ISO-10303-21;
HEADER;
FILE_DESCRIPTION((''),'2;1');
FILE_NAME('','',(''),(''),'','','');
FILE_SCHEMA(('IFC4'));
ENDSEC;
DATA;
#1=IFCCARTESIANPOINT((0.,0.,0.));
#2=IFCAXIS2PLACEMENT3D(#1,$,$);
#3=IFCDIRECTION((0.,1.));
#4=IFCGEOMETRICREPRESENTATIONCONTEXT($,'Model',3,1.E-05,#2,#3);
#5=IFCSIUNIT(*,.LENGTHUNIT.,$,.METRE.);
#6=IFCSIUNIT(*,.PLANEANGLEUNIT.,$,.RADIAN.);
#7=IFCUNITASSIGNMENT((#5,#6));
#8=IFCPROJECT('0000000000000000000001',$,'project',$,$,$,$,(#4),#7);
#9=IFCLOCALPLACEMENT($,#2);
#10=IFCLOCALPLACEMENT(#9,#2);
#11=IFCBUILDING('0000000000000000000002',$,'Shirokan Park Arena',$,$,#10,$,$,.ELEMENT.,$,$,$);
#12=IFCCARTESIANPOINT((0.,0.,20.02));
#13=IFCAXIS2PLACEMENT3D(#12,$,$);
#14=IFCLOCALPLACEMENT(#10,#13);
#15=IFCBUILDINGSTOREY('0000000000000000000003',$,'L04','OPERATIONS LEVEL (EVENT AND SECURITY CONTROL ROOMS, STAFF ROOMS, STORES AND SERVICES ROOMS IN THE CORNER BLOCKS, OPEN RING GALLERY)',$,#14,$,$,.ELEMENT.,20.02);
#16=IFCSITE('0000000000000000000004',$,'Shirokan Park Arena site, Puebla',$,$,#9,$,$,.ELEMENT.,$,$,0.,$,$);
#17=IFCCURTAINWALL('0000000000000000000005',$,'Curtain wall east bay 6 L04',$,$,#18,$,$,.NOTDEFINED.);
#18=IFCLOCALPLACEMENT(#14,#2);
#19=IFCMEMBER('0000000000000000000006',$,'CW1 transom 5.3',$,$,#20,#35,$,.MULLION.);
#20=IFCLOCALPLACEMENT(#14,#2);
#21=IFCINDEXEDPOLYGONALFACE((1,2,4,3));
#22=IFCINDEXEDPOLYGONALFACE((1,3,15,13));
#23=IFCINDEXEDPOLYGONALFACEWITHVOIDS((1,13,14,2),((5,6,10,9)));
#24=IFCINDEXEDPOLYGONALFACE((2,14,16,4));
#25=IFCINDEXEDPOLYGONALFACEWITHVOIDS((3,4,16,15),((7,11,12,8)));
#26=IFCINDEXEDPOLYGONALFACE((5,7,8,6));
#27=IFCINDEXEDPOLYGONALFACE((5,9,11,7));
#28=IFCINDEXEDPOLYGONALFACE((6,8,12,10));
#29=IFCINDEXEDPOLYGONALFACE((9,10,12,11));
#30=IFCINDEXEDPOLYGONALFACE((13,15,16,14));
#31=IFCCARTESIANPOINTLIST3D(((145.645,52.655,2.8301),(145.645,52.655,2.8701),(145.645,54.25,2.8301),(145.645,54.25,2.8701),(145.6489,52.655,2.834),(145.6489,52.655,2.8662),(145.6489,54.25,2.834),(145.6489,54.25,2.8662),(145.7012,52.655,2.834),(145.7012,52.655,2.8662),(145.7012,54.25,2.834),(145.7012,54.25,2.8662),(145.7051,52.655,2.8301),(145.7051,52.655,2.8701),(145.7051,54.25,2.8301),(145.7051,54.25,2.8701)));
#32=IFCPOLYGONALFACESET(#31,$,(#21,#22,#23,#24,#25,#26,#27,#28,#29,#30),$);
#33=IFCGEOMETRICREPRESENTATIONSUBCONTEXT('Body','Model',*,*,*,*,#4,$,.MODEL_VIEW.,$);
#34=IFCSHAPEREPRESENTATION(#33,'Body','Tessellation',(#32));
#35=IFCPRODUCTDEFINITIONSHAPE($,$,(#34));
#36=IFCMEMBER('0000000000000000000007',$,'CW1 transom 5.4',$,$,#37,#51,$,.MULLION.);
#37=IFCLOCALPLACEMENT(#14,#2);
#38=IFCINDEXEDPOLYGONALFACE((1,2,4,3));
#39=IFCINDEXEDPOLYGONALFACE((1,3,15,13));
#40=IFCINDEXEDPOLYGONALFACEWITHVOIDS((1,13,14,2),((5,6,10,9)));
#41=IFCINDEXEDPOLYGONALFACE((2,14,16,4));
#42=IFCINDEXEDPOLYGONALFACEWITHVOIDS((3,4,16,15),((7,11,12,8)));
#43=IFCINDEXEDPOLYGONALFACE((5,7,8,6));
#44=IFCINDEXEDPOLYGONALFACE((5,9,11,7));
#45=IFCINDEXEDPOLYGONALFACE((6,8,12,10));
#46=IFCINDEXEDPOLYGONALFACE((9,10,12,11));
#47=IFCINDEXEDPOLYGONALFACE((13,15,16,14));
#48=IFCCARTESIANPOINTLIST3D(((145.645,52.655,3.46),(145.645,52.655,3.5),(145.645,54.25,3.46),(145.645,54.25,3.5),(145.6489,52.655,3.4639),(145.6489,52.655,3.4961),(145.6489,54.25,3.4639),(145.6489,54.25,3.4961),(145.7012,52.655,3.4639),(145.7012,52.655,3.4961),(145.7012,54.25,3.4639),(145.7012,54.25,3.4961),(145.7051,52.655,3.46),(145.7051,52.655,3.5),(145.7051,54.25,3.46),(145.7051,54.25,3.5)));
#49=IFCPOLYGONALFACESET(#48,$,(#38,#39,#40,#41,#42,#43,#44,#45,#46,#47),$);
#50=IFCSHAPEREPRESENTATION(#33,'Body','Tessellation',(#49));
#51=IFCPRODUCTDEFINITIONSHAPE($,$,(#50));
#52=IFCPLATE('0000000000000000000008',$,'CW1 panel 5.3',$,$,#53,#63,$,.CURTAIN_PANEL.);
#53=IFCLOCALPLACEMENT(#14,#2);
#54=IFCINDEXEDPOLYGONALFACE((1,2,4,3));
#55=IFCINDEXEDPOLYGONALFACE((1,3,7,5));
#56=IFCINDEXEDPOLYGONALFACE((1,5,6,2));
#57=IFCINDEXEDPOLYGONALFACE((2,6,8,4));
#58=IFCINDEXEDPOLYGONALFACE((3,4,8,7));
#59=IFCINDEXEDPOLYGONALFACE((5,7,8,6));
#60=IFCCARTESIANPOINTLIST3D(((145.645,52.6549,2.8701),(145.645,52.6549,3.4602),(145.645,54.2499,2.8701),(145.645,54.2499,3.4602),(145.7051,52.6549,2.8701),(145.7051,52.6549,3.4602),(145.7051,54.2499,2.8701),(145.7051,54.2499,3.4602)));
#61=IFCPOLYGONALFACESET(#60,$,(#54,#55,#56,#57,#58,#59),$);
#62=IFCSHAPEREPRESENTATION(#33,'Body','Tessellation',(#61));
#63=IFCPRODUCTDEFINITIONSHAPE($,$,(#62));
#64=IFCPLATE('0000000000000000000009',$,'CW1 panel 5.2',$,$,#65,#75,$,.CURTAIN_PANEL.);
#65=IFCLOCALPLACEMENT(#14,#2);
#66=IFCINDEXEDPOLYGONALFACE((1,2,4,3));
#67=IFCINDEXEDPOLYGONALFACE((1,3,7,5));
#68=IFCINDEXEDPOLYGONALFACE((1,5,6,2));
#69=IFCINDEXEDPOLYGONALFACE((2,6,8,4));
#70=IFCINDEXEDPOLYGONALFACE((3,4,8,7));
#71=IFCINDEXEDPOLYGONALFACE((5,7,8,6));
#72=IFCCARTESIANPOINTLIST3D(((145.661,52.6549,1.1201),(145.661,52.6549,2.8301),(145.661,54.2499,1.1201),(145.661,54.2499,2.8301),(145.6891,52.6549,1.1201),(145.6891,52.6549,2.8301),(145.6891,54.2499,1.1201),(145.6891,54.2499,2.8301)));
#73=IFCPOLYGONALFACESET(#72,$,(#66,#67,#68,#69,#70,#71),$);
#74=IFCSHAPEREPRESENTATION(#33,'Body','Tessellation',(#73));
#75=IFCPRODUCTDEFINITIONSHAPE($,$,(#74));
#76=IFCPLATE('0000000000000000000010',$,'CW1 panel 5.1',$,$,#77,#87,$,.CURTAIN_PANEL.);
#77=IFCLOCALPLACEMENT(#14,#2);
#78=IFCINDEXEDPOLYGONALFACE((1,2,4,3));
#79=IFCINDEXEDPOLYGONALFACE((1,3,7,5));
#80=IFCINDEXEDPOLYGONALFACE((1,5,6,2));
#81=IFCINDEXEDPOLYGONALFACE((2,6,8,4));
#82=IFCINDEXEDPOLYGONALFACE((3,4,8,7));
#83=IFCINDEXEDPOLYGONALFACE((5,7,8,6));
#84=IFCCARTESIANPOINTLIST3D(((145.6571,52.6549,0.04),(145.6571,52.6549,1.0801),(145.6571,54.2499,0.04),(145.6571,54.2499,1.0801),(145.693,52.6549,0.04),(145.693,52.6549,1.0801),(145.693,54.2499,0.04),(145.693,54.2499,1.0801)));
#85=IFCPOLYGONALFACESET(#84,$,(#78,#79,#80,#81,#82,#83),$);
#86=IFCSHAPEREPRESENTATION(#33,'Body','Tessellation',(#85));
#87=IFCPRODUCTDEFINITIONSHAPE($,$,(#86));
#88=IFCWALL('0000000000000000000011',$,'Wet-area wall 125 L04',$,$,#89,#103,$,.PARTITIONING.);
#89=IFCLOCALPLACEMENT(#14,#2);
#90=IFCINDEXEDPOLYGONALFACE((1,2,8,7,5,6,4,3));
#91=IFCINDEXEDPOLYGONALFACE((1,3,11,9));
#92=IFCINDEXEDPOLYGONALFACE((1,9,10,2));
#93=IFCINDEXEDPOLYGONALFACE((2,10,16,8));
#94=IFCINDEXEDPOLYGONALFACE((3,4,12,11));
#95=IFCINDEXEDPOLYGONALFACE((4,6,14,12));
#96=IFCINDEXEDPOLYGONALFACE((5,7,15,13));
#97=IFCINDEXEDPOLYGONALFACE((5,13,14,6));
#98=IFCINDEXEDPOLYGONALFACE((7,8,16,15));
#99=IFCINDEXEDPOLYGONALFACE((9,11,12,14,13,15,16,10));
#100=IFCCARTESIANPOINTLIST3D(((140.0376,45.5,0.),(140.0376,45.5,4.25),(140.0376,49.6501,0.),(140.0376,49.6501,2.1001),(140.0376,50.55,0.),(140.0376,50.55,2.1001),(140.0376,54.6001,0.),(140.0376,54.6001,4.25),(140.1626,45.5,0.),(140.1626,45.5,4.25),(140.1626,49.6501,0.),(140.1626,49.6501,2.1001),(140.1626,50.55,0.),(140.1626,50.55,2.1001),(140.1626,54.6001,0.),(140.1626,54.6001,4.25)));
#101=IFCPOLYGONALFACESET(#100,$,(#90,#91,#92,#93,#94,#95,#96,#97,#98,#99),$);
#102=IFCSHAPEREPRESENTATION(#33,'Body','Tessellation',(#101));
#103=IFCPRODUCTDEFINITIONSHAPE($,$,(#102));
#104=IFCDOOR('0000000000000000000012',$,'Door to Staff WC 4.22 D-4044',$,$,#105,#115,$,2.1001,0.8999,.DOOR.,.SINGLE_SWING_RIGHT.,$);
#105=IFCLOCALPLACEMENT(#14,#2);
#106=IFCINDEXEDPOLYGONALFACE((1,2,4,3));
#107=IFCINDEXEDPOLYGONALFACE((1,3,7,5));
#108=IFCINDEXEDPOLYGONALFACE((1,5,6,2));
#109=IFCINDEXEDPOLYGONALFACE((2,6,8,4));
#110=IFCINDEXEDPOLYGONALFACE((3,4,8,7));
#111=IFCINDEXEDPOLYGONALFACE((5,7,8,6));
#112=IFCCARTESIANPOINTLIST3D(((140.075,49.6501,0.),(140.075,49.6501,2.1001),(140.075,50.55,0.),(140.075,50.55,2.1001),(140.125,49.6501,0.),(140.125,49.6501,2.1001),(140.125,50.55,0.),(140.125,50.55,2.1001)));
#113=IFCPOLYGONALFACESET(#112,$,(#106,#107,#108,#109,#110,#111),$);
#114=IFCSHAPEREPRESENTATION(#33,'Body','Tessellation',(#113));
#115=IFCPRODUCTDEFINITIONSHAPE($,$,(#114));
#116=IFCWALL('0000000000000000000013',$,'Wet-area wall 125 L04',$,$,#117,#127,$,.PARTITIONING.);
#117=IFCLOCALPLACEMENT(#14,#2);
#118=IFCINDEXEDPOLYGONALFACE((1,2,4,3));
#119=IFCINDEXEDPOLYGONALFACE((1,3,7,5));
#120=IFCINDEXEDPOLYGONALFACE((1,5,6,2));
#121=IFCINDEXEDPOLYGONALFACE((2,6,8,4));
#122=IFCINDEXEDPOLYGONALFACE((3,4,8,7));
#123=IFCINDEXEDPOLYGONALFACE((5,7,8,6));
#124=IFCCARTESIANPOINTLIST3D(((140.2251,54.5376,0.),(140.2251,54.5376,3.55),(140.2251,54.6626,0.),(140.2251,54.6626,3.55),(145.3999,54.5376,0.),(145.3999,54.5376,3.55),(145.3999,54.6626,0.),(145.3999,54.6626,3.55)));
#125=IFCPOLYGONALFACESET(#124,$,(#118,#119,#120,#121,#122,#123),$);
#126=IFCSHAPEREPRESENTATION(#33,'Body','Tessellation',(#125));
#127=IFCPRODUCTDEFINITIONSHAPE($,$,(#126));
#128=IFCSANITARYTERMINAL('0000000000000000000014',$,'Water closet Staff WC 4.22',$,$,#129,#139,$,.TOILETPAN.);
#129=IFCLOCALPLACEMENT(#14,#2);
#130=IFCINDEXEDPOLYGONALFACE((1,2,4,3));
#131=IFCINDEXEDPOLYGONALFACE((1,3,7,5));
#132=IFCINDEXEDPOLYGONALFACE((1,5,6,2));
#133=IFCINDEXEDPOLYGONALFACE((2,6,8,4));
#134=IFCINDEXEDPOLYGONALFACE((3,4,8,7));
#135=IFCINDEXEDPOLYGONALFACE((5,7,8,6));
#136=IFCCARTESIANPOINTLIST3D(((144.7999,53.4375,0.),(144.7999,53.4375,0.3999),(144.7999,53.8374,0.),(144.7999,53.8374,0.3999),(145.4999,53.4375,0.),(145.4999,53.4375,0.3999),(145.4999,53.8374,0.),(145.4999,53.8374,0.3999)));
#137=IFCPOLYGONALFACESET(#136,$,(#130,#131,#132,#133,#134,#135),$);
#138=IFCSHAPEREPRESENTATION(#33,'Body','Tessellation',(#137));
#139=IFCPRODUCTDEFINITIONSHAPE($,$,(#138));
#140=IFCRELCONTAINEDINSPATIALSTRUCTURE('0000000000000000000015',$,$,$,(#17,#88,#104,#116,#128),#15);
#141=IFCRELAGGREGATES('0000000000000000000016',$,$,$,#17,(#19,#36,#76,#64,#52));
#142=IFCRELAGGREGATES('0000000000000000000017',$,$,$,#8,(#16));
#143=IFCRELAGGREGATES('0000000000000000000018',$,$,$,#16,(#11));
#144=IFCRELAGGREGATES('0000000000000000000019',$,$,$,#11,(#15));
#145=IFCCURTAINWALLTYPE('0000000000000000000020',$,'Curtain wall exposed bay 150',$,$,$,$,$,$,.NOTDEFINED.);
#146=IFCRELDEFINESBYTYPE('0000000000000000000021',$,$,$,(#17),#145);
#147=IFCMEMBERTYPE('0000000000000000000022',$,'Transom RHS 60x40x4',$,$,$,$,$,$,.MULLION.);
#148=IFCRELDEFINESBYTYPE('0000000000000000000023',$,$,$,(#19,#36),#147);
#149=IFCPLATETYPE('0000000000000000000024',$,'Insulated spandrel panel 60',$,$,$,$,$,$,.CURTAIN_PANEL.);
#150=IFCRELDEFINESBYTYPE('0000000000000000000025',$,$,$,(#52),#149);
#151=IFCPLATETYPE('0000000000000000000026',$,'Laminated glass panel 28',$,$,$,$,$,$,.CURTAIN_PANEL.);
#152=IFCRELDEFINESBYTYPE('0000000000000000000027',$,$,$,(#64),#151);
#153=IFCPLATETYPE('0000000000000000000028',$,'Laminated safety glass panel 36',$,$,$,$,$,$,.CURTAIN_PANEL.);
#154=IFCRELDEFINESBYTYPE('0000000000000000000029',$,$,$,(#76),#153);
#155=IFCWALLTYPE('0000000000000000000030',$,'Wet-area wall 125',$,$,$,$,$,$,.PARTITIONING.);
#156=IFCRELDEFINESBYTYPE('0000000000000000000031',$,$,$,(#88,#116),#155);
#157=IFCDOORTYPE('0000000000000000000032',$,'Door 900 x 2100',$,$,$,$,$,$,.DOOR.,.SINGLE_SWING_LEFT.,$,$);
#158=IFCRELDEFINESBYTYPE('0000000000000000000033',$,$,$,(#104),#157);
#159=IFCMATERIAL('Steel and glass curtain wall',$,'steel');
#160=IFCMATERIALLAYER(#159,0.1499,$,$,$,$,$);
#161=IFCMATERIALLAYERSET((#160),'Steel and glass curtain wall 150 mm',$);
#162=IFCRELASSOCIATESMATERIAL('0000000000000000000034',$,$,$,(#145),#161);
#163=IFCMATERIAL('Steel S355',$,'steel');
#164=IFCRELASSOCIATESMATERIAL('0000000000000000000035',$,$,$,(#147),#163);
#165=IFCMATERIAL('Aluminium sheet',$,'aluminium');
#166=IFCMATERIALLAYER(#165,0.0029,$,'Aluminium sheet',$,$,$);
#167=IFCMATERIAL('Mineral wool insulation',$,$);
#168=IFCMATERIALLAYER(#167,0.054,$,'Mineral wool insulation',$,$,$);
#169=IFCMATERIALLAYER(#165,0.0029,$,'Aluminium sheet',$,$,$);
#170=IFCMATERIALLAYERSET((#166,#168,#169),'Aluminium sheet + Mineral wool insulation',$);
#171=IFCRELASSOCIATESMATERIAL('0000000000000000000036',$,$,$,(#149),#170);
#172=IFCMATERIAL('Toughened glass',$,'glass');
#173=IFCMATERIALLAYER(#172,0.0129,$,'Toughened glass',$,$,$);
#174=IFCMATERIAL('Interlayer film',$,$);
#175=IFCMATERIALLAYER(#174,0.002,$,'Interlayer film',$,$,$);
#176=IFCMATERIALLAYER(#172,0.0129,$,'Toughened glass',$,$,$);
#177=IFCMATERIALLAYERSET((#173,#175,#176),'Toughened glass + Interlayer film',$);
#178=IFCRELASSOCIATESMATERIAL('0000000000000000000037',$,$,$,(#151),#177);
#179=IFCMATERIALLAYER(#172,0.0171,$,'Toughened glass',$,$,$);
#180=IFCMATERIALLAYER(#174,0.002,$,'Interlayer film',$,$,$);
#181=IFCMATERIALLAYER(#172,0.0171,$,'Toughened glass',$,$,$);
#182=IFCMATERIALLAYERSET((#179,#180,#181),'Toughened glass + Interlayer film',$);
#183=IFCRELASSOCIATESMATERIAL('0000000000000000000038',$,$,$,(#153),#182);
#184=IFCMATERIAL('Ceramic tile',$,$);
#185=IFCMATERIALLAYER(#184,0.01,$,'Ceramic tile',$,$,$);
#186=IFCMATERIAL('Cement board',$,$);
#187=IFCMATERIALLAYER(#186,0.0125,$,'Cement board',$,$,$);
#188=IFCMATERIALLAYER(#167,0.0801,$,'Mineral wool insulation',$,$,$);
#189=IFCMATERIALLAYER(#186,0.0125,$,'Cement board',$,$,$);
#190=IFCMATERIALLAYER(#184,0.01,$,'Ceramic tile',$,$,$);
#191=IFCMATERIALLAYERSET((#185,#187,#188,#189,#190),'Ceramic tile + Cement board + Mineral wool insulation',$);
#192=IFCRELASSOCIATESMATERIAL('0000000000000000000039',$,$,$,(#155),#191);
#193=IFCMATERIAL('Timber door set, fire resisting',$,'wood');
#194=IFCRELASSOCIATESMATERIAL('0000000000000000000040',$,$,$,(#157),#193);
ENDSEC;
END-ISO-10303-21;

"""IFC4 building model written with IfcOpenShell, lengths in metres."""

from ifc_helpers import new_model, si_unit, direction, frame, frame_2d, origin, origin_2d, place, context, subcontext, project, spatial, rectangle, hollow_rectangle, extrude, material, layer, layer_set, material_profile, profile_set, type_object, element, fill, aggregate, save


model = new_model("IFC4")

# Units and contexts
model_context = context("Model", 3, precision=1e-05, world=origin(), true_north=direction((0.0, 1.0)))
body_context = subcontext(model_context, "Body", "Model", "MODEL_VIEW")
ifc_project = project(units=[si_unit("LENGTHUNIT", "METRE"), si_unit("PLANEANGLEUNIT", "RADIAN")], contexts=[model_context])

# Site, building, storey
site_placement = place(None, origin())
site = spatial("IfcSite", under=ifc_project, at=site_placement, Name="Shirokan Park Arena site, Puebla", CompositionType="ELEMENT", RefElevation=0.0)
building_placement = place(site_placement, origin())
building = spatial("IfcBuilding", under=site, at=building_placement, Name="Shirokan Park Arena", CompositionType="ELEMENT")
storey_placement = place(building_placement, frame((0.0, 0.0, 20.02)))
storey = spatial("IfcBuildingStorey", under=building, at=storey_placement, Name="L04", Description="OPERATIONS LEVEL (EVENT AND SECURITY CONTROL ROOMS, STAFF ROOMS, STORES AND SERVICES ROOMS IN THE CORNER BLOCKS, OPEN RING GALLERY)", CompositionType="ELEMENT", Elevation=20.02)

# Curtain wall
ifc_material_1 = material(Name="Steel and glass curtain wall", Category="steel")
ifc_layer_1 = layer(ifc_material_1, 0.1499)
ifc_layer_set_1 = layer_set([ifc_layer_1], Name="Steel and glass curtain wall 150 mm")
curtain_wall_type = type_object("IfcCurtainWallType", Name="Curtain wall exposed bay 150", PredefinedType="NOTDEFINED", material=ifc_layer_set_1)
curtain_wall_1_placement = place(storey_placement, origin())
curtain_wall_1 = element("IfcCurtainWall", 1, at=curtain_wall_1_placement, inside=storey, type_object=curtain_wall_type, Name="Curtain wall east bay 6 L04", PredefinedType="NOTDEFINED")
ifc_material_2 = material(Name="Steel S355", Category="steel")

# Members
ifc_material_profile_1 = material_profile(ifc_material_2, hollow_rectangle(XDim=0.0601, YDim=0.04, WallThickness=0.0039, at=origin_2d()), Name="RHS 60x40x4")
ifc_profile_set_1 = profile_set([ifc_material_profile_1], Name="Steel S355")
member_type_1 = type_object("IfcMemberType", Name="Transom RHS 60x40x4", PredefinedType="MULLION", material=ifc_profile_set_1)
member_1_placement = place(storey_placement, frame((145.675, 52.655, 2.8501), z_axis=(0.0, 1.0, 0.0), x_axis=(-1.0, 0.0, 0.0)))
member_1 = element("IfcMember", 2, at=member_1_placement, type_object=member_type_1, Name="CW1 transom 5.3", PredefinedType="MULLION", context=body_context, shape_type="SweptSolid", body=[
    extrude(hollow_rectangle(XDim=0.0601, YDim=0.04, WallThickness=0.0039, at=origin_2d()), origin(), (0.0, 0.0, 1.0), 1.595),
])
member_2_placement = place(storey_placement, frame((145.675, 52.655, 3.48), z_axis=(0.0, 1.0, 0.0), x_axis=(-1.0, 0.0, 0.0)))
member_2 = element("IfcMember", 3, at=member_2_placement, type_object=member_type_1, Name="CW1 transom 5.4", PredefinedType="MULLION", context=body_context, shape_type="SweptSolid", body=[
    extrude(hollow_rectangle(XDim=0.0601, YDim=0.04, WallThickness=0.0039, at=origin_2d()), origin(), (0.0, 0.0, 1.0), 1.595),
])

# Plates
ifc_material_3 = material(Name="Aluminium sheet", Category="aluminium")
ifc_layer_2 = layer(ifc_material_3, 0.0029, Name="Aluminium sheet")
ifc_material_4 = material(Name="Mineral wool insulation")
ifc_layer_3 = layer(ifc_material_4, 0.054, Name="Mineral wool insulation")
ifc_layer_4 = layer(ifc_material_3, 0.0029, Name="Aluminium sheet")
ifc_layer_set_2 = layer_set([ifc_layer_2, ifc_layer_3, ifc_layer_4], Name="Aluminium sheet + Mineral wool insulation")
plate_type_1 = type_object("IfcPlateType", Name="Insulated spandrel panel 60", PredefinedType="CURTAIN_PANEL", material=ifc_layer_set_2)
plate_1_placement = place(storey_placement, frame((145.675, 53.4524, 2.8701), z_axis=(0.0, 0.0, 1.0), x_axis=(0.0, 1.0, 0.0)))
plate_1 = element("IfcPlate", 4, at=plate_1_placement, type_object=plate_type_1, Name="CW1 panel 5.3", PredefinedType="CURTAIN_PANEL", context=body_context, shape_type="SweptSolid", body=[
    extrude(rectangle(XDim=1.595, YDim=0.0601, at=origin_2d()), origin(), (0.0, 0.0, 1.0), 0.5901),
])
ifc_material_5 = material(Name="Toughened glass", Category="glass")
ifc_layer_5 = layer(ifc_material_5, 0.0129, Name="Toughened glass")
ifc_material_6 = material(Name="Interlayer film")
ifc_layer_6 = layer(ifc_material_6, 0.002, Name="Interlayer film")
ifc_layer_7 = layer(ifc_material_5, 0.0129, Name="Toughened glass")
ifc_layer_set_3 = layer_set([ifc_layer_5, ifc_layer_6, ifc_layer_7], Name="Toughened glass + Interlayer film")
plate_type_2 = type_object("IfcPlateType", Name="Laminated glass panel 28", PredefinedType="CURTAIN_PANEL", material=ifc_layer_set_3)
plate_2_placement = place(storey_placement, frame((145.675, 53.4524, 1.1201), z_axis=(0.0, 0.0, 1.0), x_axis=(0.0, 1.0, 0.0)))
plate_2 = element("IfcPlate", 5, at=plate_2_placement, type_object=plate_type_2, Name="CW1 panel 5.2", PredefinedType="CURTAIN_PANEL", context=body_context, shape_type="SweptSolid", body=[
    extrude(rectangle(XDim=1.595, YDim=0.0281, at=origin_2d()), origin(), (0.0, 0.0, 1.0), 1.71),
])
ifc_layer_8 = layer(ifc_material_5, 0.0171, Name="Toughened glass")
ifc_layer_9 = layer(ifc_material_6, 0.002, Name="Interlayer film")
ifc_layer_10 = layer(ifc_material_5, 0.0171, Name="Toughened glass")
ifc_layer_set_4 = layer_set([ifc_layer_8, ifc_layer_9, ifc_layer_10], Name="Toughened glass + Interlayer film")
plate_type_3 = type_object("IfcPlateType", Name="Laminated safety glass panel 36", PredefinedType="CURTAIN_PANEL", material=ifc_layer_set_4)
plate_3_placement = place(storey_placement, frame((145.675, 53.4524, 0.04), z_axis=(0.0, 0.0, 1.0), x_axis=(0.0, 1.0, 0.0)))
plate_3 = element("IfcPlate", 6, at=plate_3_placement, type_object=plate_type_3, Name="CW1 panel 5.1", PredefinedType="CURTAIN_PANEL", context=body_context, shape_type="SweptSolid", body=[
    extrude(rectangle(XDim=1.595, YDim=0.0359, at=origin_2d()), origin(), (0.0, 0.0, 1.0), 1.04),
])
aggregate(curtain_wall_1, [member_1, member_2, plate_3, plate_2, plate_1])

# Wall, opening, door
ifc_material_7 = material(Name="Ceramic tile")
ifc_layer_11 = layer(ifc_material_7, 0.01, Name="Ceramic tile")
ifc_material_8 = material(Name="Cement board")
ifc_layer_12 = layer(ifc_material_8, 0.0125, Name="Cement board")
ifc_layer_13 = layer(ifc_material_4, 0.0801, Name="Mineral wool insulation")
ifc_layer_14 = layer(ifc_material_8, 0.0125, Name="Cement board")
ifc_layer_15 = layer(ifc_material_7, 0.01, Name="Ceramic tile")
ifc_layer_set_5 = layer_set([ifc_layer_11, ifc_layer_12, ifc_layer_13, ifc_layer_14, ifc_layer_15], Name="Ceramic tile + Cement board + Mineral wool insulation")
wall_type = type_object("IfcWallType", Name="Wet-area wall 125", PredefinedType="PARTITIONING", material=ifc_layer_set_5)
wall_1_placement = place(storey_placement, frame((140.1001, 54.6001, 0.0), z_axis=(0.0, 0.0, 1.0), x_axis=(0.0, -1.0, 0.0)))
wall_1 = element("IfcWall", 7, at=wall_1_placement, inside=storey, type_object=wall_type, Name="Wet-area wall 125 L04", PredefinedType="PARTITIONING", context=body_context, shape_type="SweptSolid", body=[
    extrude(rectangle(XDim=9.1001, YDim=0.125, at=frame_2d((4.55, 0.0))), origin(), (0.0, 0.0, 1.0), 4.25),
])
opening_placement = place(wall_1_placement, frame((4.05, 0.0, 0.0)))
opening = element("IfcOpeningElement", 8, at=opening_placement, cuts=wall_1, PredefinedType="OPENING", context=body_context, shape_type="SweptSolid", body=[
    extrude(rectangle(XDim=0.8999, YDim=2.1001, at=frame_2d((0.45, 1.05))), frame((0.0, 0.0725, 0.0), z_axis=(0.0, -1.0, 0.0), x_axis=(1.0, 0.0, 0.0)), (0.0, 0.0, 1.0), 0.145),
])
ifc_material_9 = material(Name="Timber door set, fire resisting", Category="wood")
door_type = type_object("IfcDoorType", Name="Door 900 x 2100", OperationType="SINGLE_SWING_LEFT", PredefinedType="DOOR", material=ifc_material_9)
door_placement = place(opening_placement, origin())
door = element("IfcDoor", 9, at=door_placement, inside=storey, type_object=door_type, Name="Door to Staff WC 4.22 D-4044", OperationType="SINGLE_SWING_RIGHT", OverallHeight=2.1001, OverallWidth=0.8999, PredefinedType="DOOR", context=body_context, shape_type="SweptSolid", body=[
    extrude(rectangle(XDim=0.8999, YDim=2.1001, at=frame_2d((0.45, 1.05))), frame((0.0, 0.0249, 0.0), z_axis=(0.0, -1.0, 0.0), x_axis=(1.0, 0.0, 0.0)), (0.0, 0.0, 1.0), 0.05),
])
fill(opening, door)

# Wall
wall_2_placement = place(storey_placement, frame((140.2251, 54.6001, 0.0), z_axis=(0.0, 0.0, 1.0), x_axis=(1.0, 0.0, 0.0)))
element("IfcWall", 10, at=wall_2_placement, inside=storey, type_object=wall_type, Name="Wet-area wall 125 L04", PredefinedType="PARTITIONING", context=body_context, shape_type="SweptSolid", body=[
    extrude(rectangle(XDim=5.1748, YDim=0.125, at=frame_2d((2.5874, 0.0))), origin(), (0.0, 0.0, 1.0), 3.55),
])

# Sanitary terminal
sanitary_terminal_placement = place(storey_placement, frame((145.1499, 53.6375, 0.0), z_axis=(0.0, 0.0, 1.0), x_axis=(1.0, 0.0, 0.0)))
element("IfcSanitaryTerminal", 11, at=sanitary_terminal_placement, inside=storey, Name="Water closet Staff WC 4.22", PredefinedType="TOILETPAN", context=body_context, shape_type="SweptSolid", body=[
    extrude(rectangle(XDim=0.7, YDim=0.3999, at=origin_2d()), origin(), (0.0, 0.0, 1.0), 0.3999),
])

save(model, "model.ifc")
